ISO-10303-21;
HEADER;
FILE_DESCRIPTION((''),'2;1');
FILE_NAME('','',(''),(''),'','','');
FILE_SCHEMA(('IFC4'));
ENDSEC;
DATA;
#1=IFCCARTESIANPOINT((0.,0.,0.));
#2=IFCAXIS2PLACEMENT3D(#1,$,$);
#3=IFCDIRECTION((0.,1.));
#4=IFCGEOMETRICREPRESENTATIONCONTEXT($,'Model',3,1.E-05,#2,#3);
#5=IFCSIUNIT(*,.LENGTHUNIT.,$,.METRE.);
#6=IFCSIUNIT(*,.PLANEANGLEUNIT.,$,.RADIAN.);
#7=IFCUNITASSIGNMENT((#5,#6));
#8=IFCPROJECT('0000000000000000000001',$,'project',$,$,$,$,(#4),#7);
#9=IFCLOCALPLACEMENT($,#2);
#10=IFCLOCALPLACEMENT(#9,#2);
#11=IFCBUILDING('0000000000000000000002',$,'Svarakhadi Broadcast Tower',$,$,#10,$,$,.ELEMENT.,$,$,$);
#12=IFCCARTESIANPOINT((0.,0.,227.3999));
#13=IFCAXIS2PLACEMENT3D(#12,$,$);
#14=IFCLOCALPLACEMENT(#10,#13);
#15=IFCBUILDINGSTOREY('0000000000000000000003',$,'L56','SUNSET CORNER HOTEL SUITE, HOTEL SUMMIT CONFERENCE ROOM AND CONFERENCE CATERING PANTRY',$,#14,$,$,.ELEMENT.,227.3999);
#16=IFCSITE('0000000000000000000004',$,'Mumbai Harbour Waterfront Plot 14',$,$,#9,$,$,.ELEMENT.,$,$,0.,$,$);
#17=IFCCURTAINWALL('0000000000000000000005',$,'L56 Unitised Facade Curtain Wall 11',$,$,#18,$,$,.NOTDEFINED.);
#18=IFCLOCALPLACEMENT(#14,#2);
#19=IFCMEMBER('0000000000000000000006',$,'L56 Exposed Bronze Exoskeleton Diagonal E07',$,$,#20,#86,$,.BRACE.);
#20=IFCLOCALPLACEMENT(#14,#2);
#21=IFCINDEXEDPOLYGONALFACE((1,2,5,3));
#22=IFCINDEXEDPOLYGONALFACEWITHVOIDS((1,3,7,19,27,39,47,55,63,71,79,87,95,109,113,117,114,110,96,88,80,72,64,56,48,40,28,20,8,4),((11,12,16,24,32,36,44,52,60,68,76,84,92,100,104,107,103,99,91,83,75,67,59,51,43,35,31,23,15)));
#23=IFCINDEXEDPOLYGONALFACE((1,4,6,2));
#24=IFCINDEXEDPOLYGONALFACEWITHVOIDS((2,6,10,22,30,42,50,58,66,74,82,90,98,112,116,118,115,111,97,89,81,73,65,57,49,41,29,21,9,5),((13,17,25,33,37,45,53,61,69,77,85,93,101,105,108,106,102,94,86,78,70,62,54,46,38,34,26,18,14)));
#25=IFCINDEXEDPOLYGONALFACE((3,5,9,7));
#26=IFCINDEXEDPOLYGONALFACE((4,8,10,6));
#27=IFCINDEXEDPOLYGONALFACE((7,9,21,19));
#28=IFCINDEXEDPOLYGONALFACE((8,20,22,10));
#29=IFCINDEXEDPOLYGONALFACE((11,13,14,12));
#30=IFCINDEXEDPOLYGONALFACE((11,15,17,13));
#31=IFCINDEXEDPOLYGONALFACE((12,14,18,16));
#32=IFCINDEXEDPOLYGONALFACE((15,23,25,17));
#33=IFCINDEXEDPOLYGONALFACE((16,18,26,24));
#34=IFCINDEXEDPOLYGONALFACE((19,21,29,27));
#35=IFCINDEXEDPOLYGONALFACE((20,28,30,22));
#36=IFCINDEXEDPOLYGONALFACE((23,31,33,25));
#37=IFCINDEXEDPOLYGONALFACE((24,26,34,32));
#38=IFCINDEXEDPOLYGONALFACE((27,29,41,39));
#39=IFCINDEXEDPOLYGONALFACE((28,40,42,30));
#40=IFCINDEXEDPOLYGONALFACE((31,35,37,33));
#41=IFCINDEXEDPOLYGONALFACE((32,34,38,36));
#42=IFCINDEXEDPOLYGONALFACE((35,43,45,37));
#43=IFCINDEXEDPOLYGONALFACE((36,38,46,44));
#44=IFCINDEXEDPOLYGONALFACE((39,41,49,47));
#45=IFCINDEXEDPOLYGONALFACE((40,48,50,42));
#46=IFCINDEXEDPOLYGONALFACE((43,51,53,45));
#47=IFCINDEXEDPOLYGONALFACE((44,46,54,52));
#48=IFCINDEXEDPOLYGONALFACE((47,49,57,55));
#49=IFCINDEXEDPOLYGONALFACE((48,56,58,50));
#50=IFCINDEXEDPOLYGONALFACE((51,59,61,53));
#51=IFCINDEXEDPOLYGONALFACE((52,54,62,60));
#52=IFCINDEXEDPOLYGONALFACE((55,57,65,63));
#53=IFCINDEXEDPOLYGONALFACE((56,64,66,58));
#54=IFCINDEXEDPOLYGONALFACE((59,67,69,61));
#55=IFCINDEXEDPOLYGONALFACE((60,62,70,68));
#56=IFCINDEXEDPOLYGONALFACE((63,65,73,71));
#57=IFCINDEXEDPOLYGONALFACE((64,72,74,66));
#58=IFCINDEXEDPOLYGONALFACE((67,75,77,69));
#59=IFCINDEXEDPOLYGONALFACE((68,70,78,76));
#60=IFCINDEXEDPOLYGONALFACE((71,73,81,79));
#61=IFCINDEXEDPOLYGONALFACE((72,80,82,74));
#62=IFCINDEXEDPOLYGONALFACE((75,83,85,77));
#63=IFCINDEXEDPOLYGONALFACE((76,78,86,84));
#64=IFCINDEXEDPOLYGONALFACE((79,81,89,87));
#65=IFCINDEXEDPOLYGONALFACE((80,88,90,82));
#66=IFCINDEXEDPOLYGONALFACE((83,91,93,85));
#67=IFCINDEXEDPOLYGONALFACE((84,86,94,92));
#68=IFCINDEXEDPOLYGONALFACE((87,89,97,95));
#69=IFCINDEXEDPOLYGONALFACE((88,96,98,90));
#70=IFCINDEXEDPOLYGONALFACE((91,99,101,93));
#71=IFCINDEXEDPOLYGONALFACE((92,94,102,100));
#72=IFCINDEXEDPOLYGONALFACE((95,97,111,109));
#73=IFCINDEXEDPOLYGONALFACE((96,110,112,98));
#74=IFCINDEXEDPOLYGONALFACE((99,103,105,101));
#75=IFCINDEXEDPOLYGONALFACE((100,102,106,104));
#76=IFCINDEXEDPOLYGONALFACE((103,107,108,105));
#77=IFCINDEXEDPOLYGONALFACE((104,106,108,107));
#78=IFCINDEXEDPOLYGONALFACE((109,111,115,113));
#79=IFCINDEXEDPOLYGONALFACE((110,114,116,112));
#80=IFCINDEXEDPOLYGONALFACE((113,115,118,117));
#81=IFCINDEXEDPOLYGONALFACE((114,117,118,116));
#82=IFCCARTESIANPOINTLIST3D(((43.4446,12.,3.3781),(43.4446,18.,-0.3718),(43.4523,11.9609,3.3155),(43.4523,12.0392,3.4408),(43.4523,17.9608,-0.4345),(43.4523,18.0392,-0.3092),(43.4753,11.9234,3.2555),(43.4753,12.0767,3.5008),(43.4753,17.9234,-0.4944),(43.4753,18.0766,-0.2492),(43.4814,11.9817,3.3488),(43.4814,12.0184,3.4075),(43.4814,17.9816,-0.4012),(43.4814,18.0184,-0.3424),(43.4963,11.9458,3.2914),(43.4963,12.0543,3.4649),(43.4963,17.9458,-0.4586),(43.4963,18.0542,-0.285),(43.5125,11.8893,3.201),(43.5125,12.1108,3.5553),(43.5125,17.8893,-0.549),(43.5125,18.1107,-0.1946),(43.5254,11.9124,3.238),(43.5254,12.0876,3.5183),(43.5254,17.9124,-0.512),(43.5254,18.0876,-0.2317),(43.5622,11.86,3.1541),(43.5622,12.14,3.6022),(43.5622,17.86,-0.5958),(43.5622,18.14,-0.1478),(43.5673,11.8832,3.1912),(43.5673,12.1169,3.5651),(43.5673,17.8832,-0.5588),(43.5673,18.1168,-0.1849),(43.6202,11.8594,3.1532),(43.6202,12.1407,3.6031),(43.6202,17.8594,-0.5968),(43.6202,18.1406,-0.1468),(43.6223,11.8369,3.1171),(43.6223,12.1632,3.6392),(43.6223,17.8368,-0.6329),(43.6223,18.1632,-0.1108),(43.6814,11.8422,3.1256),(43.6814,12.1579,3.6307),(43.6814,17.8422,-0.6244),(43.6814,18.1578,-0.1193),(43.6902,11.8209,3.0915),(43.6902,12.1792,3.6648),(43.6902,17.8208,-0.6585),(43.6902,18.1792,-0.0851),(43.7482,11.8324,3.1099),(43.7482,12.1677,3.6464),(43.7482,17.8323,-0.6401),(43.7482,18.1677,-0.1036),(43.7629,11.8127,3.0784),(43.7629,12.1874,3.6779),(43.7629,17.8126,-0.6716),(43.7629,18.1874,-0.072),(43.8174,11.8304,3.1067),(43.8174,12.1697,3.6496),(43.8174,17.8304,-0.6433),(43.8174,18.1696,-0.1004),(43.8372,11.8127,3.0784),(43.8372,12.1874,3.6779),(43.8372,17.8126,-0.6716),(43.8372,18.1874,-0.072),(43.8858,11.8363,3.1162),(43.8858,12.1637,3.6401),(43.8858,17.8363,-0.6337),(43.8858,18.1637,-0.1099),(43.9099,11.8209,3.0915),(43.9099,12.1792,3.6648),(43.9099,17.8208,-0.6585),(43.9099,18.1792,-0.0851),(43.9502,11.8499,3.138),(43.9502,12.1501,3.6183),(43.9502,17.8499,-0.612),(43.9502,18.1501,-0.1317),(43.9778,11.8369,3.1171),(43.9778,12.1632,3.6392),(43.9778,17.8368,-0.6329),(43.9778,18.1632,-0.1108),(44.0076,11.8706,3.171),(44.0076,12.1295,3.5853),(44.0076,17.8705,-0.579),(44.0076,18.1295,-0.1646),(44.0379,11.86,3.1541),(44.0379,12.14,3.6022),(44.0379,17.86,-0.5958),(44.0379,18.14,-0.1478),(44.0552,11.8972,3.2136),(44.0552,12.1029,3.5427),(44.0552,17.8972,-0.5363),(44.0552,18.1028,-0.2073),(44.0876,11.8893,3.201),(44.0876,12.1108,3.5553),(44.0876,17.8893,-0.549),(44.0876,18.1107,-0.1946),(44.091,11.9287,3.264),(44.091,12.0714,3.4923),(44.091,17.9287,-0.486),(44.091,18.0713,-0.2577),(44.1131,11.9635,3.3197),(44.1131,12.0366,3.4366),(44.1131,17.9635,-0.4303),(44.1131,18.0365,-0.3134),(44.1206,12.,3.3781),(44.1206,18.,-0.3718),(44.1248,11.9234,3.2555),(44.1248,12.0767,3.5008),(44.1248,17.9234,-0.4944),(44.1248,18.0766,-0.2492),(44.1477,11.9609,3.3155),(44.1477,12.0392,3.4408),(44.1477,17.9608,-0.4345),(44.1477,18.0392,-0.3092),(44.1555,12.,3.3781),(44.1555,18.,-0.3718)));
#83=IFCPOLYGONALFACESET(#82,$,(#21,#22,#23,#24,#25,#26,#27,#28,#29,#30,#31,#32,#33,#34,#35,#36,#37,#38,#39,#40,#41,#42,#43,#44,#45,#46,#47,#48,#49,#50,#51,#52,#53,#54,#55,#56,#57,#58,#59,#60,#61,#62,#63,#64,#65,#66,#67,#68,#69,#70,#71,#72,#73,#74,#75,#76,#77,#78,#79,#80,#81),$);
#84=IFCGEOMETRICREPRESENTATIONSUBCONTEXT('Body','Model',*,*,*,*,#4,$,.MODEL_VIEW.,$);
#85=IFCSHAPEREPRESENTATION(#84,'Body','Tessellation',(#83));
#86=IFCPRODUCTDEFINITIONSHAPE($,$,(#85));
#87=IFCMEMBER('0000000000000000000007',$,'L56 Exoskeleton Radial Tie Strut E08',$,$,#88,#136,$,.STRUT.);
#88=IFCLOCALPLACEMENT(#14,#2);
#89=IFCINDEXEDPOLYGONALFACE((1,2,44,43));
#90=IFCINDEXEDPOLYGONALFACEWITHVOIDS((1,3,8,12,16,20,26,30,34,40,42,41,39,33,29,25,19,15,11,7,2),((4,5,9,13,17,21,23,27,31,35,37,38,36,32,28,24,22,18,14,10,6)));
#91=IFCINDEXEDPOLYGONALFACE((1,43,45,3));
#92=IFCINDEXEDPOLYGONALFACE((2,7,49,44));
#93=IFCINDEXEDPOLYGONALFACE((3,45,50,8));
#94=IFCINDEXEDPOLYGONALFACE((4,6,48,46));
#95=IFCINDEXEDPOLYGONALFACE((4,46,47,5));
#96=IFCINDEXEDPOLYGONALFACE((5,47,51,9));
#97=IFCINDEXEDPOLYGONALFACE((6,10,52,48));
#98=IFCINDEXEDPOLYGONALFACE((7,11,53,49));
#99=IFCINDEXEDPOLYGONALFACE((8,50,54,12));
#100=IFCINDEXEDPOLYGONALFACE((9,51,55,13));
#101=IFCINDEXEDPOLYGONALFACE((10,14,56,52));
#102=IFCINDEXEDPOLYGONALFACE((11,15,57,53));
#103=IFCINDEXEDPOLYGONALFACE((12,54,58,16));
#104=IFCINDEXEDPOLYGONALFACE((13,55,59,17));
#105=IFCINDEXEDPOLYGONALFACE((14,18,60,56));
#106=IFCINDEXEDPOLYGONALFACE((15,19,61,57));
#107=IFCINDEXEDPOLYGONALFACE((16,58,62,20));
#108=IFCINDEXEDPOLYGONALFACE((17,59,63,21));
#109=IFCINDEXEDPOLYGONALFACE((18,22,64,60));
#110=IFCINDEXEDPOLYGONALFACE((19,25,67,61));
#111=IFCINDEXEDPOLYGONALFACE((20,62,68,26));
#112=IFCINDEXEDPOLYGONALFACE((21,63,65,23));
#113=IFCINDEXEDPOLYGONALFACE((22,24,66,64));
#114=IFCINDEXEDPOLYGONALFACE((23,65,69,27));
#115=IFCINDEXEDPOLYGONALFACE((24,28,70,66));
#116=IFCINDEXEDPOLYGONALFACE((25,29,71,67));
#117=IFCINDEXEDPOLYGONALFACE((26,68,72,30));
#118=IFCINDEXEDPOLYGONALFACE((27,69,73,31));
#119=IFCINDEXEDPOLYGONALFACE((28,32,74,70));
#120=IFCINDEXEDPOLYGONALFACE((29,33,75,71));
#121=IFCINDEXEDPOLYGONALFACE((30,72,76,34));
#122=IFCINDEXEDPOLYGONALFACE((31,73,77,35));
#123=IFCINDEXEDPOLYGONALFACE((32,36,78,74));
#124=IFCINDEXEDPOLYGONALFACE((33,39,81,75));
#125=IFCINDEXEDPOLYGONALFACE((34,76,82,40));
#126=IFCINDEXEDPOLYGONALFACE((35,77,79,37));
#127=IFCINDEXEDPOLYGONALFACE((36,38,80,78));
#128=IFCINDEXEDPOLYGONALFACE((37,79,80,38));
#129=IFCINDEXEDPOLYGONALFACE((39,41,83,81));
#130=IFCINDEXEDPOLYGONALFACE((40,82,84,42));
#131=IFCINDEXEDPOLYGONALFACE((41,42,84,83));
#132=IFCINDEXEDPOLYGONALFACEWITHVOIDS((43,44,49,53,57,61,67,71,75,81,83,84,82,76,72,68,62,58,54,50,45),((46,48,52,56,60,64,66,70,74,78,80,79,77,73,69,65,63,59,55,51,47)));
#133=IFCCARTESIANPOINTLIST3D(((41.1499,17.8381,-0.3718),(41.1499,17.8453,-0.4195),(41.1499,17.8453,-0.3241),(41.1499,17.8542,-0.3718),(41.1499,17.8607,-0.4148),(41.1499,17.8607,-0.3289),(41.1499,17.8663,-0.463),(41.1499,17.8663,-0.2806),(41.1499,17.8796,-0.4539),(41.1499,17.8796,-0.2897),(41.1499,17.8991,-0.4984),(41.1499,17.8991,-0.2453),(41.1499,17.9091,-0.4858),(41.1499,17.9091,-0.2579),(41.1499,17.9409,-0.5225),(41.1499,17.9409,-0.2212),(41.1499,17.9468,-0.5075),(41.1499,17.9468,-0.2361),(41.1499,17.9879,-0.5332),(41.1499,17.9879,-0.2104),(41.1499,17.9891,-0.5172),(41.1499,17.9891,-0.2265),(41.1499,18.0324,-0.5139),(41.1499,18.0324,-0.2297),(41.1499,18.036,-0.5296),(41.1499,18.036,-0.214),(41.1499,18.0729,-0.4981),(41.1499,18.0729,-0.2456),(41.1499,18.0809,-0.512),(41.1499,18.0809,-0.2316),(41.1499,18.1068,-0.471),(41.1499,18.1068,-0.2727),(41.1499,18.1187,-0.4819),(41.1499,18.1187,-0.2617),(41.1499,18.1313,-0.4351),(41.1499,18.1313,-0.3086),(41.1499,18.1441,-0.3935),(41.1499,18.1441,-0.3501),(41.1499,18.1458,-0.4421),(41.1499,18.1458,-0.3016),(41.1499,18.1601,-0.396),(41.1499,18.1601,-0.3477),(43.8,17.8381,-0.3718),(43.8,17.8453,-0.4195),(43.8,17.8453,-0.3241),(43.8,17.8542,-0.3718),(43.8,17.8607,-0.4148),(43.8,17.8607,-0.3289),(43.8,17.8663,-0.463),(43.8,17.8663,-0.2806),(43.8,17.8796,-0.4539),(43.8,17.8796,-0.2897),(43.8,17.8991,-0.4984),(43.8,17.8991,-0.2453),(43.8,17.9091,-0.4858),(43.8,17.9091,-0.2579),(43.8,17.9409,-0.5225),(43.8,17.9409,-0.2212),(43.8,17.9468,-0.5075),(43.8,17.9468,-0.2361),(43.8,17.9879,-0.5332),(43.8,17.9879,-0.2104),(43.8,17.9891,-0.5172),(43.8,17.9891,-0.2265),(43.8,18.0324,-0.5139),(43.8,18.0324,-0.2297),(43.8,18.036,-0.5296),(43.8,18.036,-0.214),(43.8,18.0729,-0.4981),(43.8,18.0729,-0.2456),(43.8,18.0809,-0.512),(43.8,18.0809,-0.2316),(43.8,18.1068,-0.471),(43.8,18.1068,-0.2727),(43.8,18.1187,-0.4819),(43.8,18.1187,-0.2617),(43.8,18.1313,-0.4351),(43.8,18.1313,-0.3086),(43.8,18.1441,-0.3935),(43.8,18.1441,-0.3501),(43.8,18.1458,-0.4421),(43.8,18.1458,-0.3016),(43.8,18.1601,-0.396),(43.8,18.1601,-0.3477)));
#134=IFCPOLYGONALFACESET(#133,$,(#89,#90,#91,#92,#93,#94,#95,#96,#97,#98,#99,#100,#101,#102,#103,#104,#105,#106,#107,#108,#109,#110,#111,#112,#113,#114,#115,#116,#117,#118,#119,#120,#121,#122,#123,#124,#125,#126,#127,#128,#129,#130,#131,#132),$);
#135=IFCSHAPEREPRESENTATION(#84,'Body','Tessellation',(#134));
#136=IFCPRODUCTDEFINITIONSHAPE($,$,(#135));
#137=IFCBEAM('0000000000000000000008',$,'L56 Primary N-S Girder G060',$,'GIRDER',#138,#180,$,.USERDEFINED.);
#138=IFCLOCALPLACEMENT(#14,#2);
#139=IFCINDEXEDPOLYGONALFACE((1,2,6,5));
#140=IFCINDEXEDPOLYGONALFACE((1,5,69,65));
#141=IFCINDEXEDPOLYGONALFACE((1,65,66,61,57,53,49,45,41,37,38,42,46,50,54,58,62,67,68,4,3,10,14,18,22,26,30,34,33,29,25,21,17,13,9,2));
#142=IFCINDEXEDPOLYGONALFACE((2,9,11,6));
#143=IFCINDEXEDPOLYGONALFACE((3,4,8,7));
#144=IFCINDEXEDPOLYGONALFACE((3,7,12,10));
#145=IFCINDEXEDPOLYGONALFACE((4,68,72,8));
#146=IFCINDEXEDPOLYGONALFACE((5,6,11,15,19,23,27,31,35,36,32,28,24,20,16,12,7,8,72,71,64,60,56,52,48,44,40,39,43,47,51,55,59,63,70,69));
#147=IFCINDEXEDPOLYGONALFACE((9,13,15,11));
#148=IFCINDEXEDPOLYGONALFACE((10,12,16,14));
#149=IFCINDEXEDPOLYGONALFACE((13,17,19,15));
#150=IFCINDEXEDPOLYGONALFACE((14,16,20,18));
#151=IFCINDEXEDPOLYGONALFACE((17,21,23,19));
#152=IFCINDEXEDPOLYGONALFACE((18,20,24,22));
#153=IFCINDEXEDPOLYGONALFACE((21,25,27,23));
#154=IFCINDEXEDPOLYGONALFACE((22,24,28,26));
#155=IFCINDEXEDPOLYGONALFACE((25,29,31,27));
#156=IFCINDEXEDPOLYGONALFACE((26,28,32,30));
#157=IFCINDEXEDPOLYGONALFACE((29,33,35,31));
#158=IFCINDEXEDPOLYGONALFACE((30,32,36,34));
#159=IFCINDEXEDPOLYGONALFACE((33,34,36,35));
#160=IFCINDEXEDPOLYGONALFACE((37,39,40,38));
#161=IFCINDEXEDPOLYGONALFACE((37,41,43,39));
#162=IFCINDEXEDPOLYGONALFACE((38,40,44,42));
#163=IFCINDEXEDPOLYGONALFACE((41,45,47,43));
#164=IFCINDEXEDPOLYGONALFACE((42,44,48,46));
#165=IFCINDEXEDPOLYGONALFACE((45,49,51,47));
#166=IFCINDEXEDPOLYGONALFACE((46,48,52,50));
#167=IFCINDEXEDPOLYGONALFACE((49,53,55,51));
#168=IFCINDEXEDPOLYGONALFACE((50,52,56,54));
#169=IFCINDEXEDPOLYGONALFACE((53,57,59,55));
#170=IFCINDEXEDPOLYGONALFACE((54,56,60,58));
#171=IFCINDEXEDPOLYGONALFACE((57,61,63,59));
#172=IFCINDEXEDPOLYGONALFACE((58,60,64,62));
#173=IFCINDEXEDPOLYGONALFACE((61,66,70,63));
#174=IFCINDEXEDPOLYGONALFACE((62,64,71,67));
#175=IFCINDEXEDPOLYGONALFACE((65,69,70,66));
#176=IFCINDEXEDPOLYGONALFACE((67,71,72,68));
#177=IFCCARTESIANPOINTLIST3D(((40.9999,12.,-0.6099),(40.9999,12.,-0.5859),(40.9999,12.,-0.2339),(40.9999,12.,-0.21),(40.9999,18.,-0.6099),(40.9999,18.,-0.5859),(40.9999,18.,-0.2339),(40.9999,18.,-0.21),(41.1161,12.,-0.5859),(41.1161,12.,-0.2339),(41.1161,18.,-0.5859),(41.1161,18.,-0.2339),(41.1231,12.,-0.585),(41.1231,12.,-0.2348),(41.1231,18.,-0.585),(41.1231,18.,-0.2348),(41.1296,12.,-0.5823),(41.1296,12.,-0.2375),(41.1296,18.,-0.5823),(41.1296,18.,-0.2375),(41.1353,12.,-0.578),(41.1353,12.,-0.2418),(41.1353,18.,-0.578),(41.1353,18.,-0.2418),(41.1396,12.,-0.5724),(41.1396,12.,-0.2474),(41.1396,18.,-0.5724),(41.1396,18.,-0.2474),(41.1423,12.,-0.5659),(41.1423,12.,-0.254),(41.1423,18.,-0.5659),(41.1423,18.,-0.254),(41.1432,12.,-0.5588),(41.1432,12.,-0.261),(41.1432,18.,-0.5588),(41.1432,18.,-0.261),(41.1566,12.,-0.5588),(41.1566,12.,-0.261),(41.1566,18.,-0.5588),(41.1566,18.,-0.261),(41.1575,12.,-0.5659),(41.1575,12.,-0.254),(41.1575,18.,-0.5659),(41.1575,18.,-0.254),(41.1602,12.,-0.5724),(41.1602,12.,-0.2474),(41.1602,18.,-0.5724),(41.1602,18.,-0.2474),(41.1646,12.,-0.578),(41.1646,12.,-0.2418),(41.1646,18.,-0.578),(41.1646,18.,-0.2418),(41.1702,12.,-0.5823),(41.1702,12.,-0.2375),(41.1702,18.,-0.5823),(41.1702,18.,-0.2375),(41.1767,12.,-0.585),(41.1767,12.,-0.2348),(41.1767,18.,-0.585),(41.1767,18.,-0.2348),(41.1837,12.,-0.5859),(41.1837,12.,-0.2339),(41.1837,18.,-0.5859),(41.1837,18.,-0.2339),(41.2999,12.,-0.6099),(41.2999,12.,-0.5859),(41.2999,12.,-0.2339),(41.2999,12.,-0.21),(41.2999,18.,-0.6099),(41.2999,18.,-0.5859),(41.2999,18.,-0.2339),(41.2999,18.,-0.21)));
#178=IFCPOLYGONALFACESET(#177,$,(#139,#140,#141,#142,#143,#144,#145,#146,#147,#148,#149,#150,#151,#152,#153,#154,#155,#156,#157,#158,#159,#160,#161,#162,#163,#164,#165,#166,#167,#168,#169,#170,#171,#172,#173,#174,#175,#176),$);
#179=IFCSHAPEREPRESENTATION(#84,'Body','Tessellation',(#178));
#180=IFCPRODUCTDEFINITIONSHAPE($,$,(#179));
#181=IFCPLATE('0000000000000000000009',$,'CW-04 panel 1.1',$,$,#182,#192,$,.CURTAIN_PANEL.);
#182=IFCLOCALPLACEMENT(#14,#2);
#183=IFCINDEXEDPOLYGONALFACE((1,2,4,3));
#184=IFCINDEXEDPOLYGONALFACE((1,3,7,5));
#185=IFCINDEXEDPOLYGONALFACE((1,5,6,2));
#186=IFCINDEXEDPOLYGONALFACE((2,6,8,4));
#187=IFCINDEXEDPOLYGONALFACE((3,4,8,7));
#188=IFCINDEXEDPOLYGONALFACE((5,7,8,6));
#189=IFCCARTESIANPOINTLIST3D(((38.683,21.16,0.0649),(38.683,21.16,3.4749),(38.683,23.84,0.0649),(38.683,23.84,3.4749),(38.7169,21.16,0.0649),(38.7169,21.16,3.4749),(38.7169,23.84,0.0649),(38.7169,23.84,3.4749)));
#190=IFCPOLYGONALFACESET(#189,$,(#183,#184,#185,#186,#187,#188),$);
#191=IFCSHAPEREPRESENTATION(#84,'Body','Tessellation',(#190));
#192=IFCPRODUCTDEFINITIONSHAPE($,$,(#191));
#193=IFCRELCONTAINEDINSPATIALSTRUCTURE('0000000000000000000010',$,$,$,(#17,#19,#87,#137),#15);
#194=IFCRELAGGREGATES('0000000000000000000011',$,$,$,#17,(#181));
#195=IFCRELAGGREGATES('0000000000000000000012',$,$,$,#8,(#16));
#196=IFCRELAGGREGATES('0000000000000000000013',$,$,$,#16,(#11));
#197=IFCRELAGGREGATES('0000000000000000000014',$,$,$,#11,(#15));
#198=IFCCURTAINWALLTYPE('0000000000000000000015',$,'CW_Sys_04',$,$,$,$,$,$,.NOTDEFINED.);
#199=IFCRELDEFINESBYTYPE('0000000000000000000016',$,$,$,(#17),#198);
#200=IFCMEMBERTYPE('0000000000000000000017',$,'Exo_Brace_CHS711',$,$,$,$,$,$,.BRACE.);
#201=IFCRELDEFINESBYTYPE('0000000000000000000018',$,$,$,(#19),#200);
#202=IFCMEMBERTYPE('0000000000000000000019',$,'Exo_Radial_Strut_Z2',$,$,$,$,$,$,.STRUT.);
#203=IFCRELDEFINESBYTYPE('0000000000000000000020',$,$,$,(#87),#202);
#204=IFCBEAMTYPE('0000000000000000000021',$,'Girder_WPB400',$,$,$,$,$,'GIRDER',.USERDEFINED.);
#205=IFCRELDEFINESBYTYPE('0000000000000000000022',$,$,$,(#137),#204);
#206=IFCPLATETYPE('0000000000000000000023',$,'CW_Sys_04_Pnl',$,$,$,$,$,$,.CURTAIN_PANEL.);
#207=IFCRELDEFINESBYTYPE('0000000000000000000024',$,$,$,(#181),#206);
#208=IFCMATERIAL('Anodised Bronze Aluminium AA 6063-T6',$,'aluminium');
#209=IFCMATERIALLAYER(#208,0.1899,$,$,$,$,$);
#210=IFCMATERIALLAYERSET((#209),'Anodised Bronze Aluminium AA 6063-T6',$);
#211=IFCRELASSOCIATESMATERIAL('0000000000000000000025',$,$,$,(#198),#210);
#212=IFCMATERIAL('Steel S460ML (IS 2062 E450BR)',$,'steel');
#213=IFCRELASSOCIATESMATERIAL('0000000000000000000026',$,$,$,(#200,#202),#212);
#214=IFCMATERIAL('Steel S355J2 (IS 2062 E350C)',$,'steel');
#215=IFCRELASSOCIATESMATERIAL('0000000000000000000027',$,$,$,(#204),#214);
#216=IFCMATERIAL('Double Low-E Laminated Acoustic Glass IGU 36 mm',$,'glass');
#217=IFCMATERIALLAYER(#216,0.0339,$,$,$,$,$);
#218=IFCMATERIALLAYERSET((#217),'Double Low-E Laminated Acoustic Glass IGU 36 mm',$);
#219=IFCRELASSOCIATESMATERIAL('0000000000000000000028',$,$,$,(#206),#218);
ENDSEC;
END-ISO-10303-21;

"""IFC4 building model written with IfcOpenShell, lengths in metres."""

from ifc_helpers import new_model, si_unit, direction, frame, origin, origin_2d, place, context, subcontext, project, spatial, rectangle, hollow_circle, i_section, extrude, material, layer, layer_set, material_profile, profile_set, type_object, element, aggregate, save


model = new_model("IFC4")

# Units and contexts
model_context = context("Model", 3, precision=1e-05, world=origin(), true_north=direction((0.0, 1.0)))
body_context = subcontext(model_context, "Body", "Model", "MODEL_VIEW")
ifc_project = project(units=[si_unit("LENGTHUNIT", "METRE"), si_unit("PLANEANGLEUNIT", "RADIAN")], contexts=[model_context])

# Site, building, storey
site_placement = place(None, origin())
site = spatial("IfcSite", under=ifc_project, at=site_placement, Name="Mumbai Harbour Waterfront Plot 14", CompositionType="ELEMENT", RefElevation=0.0)
building_placement = place(site_placement, origin())
building = spatial("IfcBuilding", under=site, at=building_placement, Name="Svarakhadi Broadcast Tower", CompositionType="ELEMENT")
storey_placement = place(building_placement, frame((0.0, 0.0, 227.3999)))
storey = spatial("IfcBuildingStorey", under=building, at=storey_placement, Name="L56", Description="SUNSET CORNER HOTEL SUITE, HOTEL SUMMIT CONFERENCE ROOM AND CONFERENCE CATERING PANTRY", CompositionType="ELEMENT", Elevation=227.3999)

# Shared definitions
ifc_material_1 = material(Name="Steel S460ML (IS 2062 E450BR)", Category="steel")

# Shared definitions
ifc_material_2 = material(Name="Anodised Bronze Aluminium AA 6063-T6", Category="aluminium")
ifc_layer_1 = layer(ifc_material_2, 0.1899)
ifc_layer_set_1 = layer_set([ifc_layer_1], Name="Anodised Bronze Aluminium AA 6063-T6")
curtain_wall_type = type_object("IfcCurtainWallType", Name="CW_Sys_04", PredefinedType="NOTDEFINED", material=ifc_layer_set_1)

# Curtain wall
curtain_wall_1_placement = place(storey_placement, origin())
curtain_wall_1 = element("IfcCurtainWall", 1, at=curtain_wall_1_placement, inside=storey, type_object=curtain_wall_type, Name="L56 Unitised Facade Curtain Wall 11", PredefinedType="NOTDEFINED")

# Members
ifc_material_profile_1 = material_profile(ifc_material_1, hollow_circle(Radius=0.3555, WallThickness=0.0349, at=origin_2d()), Name="CHS 711x35")
ifc_profile_set_1 = profile_set([ifc_material_profile_1], Name="Steel S460ML (IS 2062 E450BR)")
member_type_1 = type_object("IfcMemberType", Name="Exo_Brace_CHS711", PredefinedType="BRACE", material=ifc_profile_set_1)
member_1_placement = place(storey_placement, frame((43.8, 18.0, -0.3718), z_axis=(0.0, -0.847998, 0.529999), x_axis=(1.0, 0.0, 0.0)))
element("IfcMember", 2, at=member_1_placement, inside=storey, type_object=member_type_1, Name="L56 Exposed Bronze Exoskeleton Diagonal E07", PredefinedType="BRACE", context=body_context, shape_type="SweptSolid", body=[
    extrude(hollow_circle(Radius=0.3555, WallThickness=0.0349, at=origin_2d()), origin(), (0.0, 0.0, 1.0), 7.0754),
])
ifc_material_profile_2 = material_profile(ifc_material_1, hollow_circle(Radius=0.1619, WallThickness=0.0161, at=origin_2d()), Name="CHS 323.9x16")
ifc_profile_set_2 = profile_set([ifc_material_profile_2], Name="Steel S460ML (IS 2062 E450BR)")
member_type_2 = type_object("IfcMemberType", Name="Exo_Radial_Strut_Z2", PredefinedType="STRUT", material=ifc_profile_set_2)
member_2_placement = place(storey_placement, frame((43.8, 18.0, -0.3718), z_axis=(-1.0, 0.0, 0.0), x_axis=(0.0, -1.0, 0.0)))
element("IfcMember", 3, at=member_2_placement, inside=storey, type_object=member_type_2, Name="L56 Exoskeleton Radial Tie Strut E08", PredefinedType="STRUT", context=body_context, shape_type="SweptSolid", body=[
    extrude(hollow_circle(Radius=0.1619, WallThickness=0.0161, at=origin_2d()), origin(), (0.0, 0.0, 1.0), 2.6501),
])

# Beam
ifc_material_3 = material(Name="Steel S355J2 (IS 2062 E350C)", Category="steel")
ifc_material_profile_3 = material_profile(ifc_material_3, i_section(OverallWidth=0.3, OverallDepth=0.3999, WebThickness=0.0134, FlangeThickness=0.0239, FilletRadius=0.0271, at=origin_2d()), Name="WPB 400x300x155")
ifc_profile_set_3 = profile_set([ifc_material_profile_3], Name="Steel S355J2 (IS 2062 E350C)")
beam_type = type_object("IfcBeamType", Name="Girder_WPB400", ElementType="GIRDER", PredefinedType="USERDEFINED", material=ifc_profile_set_3)
beam_placement = place(storey_placement, frame((41.1499, 12.0, -0.4099), z_axis=(0.0, 1.0, 0.0), x_axis=(-1.0, 0.0, 0.0)))
element("IfcBeam", 4, at=beam_placement, inside=storey, type_object=beam_type, Name="L56 Primary N-S Girder G060", ObjectType="GIRDER", PredefinedType="USERDEFINED", context=body_context, shape_type="SweptSolid", body=[
    extrude(i_section(OverallWidth=0.3, OverallDepth=0.3999, WebThickness=0.0134, FlangeThickness=0.0239, FilletRadius=0.0271, at=origin_2d()), origin(), (0.0, 0.0, 1.0), 6.0),
])

# Plate
ifc_material_4 = material(Name="Double Low-E Laminated Acoustic Glass IGU 36 mm", Category="glass")
ifc_layer_2 = layer(ifc_material_4, 0.0339)
ifc_layer_set_2 = layer_set([ifc_layer_2], Name="Double Low-E Laminated Acoustic Glass IGU 36 mm")
plate_type_1 = type_object("IfcPlateType", Name="CW_Sys_04_Pnl", PredefinedType="CURTAIN_PANEL", material=ifc_layer_set_2)
plate_1_placement = place(storey_placement, frame((38.7, 22.5, 0.0649), z_axis=(0.0, 0.0, 1.0), x_axis=(0.0, -1.0, 0.0)))
plate_1 = element("IfcPlate", 5, at=plate_1_placement, type_object=plate_type_1, Name="CW-04 panel 1.1", PredefinedType="CURTAIN_PANEL", context=body_context, shape_type="SweptSolid", body=[
    extrude(rectangle(XDim=2.6799, YDim=0.0339, at=origin_2d()), origin(), (0.0, 0.0, 1.0), 3.4099),
])
aggregate(curtain_wall_1, [plate_1])

save(model, "model.ifc")
